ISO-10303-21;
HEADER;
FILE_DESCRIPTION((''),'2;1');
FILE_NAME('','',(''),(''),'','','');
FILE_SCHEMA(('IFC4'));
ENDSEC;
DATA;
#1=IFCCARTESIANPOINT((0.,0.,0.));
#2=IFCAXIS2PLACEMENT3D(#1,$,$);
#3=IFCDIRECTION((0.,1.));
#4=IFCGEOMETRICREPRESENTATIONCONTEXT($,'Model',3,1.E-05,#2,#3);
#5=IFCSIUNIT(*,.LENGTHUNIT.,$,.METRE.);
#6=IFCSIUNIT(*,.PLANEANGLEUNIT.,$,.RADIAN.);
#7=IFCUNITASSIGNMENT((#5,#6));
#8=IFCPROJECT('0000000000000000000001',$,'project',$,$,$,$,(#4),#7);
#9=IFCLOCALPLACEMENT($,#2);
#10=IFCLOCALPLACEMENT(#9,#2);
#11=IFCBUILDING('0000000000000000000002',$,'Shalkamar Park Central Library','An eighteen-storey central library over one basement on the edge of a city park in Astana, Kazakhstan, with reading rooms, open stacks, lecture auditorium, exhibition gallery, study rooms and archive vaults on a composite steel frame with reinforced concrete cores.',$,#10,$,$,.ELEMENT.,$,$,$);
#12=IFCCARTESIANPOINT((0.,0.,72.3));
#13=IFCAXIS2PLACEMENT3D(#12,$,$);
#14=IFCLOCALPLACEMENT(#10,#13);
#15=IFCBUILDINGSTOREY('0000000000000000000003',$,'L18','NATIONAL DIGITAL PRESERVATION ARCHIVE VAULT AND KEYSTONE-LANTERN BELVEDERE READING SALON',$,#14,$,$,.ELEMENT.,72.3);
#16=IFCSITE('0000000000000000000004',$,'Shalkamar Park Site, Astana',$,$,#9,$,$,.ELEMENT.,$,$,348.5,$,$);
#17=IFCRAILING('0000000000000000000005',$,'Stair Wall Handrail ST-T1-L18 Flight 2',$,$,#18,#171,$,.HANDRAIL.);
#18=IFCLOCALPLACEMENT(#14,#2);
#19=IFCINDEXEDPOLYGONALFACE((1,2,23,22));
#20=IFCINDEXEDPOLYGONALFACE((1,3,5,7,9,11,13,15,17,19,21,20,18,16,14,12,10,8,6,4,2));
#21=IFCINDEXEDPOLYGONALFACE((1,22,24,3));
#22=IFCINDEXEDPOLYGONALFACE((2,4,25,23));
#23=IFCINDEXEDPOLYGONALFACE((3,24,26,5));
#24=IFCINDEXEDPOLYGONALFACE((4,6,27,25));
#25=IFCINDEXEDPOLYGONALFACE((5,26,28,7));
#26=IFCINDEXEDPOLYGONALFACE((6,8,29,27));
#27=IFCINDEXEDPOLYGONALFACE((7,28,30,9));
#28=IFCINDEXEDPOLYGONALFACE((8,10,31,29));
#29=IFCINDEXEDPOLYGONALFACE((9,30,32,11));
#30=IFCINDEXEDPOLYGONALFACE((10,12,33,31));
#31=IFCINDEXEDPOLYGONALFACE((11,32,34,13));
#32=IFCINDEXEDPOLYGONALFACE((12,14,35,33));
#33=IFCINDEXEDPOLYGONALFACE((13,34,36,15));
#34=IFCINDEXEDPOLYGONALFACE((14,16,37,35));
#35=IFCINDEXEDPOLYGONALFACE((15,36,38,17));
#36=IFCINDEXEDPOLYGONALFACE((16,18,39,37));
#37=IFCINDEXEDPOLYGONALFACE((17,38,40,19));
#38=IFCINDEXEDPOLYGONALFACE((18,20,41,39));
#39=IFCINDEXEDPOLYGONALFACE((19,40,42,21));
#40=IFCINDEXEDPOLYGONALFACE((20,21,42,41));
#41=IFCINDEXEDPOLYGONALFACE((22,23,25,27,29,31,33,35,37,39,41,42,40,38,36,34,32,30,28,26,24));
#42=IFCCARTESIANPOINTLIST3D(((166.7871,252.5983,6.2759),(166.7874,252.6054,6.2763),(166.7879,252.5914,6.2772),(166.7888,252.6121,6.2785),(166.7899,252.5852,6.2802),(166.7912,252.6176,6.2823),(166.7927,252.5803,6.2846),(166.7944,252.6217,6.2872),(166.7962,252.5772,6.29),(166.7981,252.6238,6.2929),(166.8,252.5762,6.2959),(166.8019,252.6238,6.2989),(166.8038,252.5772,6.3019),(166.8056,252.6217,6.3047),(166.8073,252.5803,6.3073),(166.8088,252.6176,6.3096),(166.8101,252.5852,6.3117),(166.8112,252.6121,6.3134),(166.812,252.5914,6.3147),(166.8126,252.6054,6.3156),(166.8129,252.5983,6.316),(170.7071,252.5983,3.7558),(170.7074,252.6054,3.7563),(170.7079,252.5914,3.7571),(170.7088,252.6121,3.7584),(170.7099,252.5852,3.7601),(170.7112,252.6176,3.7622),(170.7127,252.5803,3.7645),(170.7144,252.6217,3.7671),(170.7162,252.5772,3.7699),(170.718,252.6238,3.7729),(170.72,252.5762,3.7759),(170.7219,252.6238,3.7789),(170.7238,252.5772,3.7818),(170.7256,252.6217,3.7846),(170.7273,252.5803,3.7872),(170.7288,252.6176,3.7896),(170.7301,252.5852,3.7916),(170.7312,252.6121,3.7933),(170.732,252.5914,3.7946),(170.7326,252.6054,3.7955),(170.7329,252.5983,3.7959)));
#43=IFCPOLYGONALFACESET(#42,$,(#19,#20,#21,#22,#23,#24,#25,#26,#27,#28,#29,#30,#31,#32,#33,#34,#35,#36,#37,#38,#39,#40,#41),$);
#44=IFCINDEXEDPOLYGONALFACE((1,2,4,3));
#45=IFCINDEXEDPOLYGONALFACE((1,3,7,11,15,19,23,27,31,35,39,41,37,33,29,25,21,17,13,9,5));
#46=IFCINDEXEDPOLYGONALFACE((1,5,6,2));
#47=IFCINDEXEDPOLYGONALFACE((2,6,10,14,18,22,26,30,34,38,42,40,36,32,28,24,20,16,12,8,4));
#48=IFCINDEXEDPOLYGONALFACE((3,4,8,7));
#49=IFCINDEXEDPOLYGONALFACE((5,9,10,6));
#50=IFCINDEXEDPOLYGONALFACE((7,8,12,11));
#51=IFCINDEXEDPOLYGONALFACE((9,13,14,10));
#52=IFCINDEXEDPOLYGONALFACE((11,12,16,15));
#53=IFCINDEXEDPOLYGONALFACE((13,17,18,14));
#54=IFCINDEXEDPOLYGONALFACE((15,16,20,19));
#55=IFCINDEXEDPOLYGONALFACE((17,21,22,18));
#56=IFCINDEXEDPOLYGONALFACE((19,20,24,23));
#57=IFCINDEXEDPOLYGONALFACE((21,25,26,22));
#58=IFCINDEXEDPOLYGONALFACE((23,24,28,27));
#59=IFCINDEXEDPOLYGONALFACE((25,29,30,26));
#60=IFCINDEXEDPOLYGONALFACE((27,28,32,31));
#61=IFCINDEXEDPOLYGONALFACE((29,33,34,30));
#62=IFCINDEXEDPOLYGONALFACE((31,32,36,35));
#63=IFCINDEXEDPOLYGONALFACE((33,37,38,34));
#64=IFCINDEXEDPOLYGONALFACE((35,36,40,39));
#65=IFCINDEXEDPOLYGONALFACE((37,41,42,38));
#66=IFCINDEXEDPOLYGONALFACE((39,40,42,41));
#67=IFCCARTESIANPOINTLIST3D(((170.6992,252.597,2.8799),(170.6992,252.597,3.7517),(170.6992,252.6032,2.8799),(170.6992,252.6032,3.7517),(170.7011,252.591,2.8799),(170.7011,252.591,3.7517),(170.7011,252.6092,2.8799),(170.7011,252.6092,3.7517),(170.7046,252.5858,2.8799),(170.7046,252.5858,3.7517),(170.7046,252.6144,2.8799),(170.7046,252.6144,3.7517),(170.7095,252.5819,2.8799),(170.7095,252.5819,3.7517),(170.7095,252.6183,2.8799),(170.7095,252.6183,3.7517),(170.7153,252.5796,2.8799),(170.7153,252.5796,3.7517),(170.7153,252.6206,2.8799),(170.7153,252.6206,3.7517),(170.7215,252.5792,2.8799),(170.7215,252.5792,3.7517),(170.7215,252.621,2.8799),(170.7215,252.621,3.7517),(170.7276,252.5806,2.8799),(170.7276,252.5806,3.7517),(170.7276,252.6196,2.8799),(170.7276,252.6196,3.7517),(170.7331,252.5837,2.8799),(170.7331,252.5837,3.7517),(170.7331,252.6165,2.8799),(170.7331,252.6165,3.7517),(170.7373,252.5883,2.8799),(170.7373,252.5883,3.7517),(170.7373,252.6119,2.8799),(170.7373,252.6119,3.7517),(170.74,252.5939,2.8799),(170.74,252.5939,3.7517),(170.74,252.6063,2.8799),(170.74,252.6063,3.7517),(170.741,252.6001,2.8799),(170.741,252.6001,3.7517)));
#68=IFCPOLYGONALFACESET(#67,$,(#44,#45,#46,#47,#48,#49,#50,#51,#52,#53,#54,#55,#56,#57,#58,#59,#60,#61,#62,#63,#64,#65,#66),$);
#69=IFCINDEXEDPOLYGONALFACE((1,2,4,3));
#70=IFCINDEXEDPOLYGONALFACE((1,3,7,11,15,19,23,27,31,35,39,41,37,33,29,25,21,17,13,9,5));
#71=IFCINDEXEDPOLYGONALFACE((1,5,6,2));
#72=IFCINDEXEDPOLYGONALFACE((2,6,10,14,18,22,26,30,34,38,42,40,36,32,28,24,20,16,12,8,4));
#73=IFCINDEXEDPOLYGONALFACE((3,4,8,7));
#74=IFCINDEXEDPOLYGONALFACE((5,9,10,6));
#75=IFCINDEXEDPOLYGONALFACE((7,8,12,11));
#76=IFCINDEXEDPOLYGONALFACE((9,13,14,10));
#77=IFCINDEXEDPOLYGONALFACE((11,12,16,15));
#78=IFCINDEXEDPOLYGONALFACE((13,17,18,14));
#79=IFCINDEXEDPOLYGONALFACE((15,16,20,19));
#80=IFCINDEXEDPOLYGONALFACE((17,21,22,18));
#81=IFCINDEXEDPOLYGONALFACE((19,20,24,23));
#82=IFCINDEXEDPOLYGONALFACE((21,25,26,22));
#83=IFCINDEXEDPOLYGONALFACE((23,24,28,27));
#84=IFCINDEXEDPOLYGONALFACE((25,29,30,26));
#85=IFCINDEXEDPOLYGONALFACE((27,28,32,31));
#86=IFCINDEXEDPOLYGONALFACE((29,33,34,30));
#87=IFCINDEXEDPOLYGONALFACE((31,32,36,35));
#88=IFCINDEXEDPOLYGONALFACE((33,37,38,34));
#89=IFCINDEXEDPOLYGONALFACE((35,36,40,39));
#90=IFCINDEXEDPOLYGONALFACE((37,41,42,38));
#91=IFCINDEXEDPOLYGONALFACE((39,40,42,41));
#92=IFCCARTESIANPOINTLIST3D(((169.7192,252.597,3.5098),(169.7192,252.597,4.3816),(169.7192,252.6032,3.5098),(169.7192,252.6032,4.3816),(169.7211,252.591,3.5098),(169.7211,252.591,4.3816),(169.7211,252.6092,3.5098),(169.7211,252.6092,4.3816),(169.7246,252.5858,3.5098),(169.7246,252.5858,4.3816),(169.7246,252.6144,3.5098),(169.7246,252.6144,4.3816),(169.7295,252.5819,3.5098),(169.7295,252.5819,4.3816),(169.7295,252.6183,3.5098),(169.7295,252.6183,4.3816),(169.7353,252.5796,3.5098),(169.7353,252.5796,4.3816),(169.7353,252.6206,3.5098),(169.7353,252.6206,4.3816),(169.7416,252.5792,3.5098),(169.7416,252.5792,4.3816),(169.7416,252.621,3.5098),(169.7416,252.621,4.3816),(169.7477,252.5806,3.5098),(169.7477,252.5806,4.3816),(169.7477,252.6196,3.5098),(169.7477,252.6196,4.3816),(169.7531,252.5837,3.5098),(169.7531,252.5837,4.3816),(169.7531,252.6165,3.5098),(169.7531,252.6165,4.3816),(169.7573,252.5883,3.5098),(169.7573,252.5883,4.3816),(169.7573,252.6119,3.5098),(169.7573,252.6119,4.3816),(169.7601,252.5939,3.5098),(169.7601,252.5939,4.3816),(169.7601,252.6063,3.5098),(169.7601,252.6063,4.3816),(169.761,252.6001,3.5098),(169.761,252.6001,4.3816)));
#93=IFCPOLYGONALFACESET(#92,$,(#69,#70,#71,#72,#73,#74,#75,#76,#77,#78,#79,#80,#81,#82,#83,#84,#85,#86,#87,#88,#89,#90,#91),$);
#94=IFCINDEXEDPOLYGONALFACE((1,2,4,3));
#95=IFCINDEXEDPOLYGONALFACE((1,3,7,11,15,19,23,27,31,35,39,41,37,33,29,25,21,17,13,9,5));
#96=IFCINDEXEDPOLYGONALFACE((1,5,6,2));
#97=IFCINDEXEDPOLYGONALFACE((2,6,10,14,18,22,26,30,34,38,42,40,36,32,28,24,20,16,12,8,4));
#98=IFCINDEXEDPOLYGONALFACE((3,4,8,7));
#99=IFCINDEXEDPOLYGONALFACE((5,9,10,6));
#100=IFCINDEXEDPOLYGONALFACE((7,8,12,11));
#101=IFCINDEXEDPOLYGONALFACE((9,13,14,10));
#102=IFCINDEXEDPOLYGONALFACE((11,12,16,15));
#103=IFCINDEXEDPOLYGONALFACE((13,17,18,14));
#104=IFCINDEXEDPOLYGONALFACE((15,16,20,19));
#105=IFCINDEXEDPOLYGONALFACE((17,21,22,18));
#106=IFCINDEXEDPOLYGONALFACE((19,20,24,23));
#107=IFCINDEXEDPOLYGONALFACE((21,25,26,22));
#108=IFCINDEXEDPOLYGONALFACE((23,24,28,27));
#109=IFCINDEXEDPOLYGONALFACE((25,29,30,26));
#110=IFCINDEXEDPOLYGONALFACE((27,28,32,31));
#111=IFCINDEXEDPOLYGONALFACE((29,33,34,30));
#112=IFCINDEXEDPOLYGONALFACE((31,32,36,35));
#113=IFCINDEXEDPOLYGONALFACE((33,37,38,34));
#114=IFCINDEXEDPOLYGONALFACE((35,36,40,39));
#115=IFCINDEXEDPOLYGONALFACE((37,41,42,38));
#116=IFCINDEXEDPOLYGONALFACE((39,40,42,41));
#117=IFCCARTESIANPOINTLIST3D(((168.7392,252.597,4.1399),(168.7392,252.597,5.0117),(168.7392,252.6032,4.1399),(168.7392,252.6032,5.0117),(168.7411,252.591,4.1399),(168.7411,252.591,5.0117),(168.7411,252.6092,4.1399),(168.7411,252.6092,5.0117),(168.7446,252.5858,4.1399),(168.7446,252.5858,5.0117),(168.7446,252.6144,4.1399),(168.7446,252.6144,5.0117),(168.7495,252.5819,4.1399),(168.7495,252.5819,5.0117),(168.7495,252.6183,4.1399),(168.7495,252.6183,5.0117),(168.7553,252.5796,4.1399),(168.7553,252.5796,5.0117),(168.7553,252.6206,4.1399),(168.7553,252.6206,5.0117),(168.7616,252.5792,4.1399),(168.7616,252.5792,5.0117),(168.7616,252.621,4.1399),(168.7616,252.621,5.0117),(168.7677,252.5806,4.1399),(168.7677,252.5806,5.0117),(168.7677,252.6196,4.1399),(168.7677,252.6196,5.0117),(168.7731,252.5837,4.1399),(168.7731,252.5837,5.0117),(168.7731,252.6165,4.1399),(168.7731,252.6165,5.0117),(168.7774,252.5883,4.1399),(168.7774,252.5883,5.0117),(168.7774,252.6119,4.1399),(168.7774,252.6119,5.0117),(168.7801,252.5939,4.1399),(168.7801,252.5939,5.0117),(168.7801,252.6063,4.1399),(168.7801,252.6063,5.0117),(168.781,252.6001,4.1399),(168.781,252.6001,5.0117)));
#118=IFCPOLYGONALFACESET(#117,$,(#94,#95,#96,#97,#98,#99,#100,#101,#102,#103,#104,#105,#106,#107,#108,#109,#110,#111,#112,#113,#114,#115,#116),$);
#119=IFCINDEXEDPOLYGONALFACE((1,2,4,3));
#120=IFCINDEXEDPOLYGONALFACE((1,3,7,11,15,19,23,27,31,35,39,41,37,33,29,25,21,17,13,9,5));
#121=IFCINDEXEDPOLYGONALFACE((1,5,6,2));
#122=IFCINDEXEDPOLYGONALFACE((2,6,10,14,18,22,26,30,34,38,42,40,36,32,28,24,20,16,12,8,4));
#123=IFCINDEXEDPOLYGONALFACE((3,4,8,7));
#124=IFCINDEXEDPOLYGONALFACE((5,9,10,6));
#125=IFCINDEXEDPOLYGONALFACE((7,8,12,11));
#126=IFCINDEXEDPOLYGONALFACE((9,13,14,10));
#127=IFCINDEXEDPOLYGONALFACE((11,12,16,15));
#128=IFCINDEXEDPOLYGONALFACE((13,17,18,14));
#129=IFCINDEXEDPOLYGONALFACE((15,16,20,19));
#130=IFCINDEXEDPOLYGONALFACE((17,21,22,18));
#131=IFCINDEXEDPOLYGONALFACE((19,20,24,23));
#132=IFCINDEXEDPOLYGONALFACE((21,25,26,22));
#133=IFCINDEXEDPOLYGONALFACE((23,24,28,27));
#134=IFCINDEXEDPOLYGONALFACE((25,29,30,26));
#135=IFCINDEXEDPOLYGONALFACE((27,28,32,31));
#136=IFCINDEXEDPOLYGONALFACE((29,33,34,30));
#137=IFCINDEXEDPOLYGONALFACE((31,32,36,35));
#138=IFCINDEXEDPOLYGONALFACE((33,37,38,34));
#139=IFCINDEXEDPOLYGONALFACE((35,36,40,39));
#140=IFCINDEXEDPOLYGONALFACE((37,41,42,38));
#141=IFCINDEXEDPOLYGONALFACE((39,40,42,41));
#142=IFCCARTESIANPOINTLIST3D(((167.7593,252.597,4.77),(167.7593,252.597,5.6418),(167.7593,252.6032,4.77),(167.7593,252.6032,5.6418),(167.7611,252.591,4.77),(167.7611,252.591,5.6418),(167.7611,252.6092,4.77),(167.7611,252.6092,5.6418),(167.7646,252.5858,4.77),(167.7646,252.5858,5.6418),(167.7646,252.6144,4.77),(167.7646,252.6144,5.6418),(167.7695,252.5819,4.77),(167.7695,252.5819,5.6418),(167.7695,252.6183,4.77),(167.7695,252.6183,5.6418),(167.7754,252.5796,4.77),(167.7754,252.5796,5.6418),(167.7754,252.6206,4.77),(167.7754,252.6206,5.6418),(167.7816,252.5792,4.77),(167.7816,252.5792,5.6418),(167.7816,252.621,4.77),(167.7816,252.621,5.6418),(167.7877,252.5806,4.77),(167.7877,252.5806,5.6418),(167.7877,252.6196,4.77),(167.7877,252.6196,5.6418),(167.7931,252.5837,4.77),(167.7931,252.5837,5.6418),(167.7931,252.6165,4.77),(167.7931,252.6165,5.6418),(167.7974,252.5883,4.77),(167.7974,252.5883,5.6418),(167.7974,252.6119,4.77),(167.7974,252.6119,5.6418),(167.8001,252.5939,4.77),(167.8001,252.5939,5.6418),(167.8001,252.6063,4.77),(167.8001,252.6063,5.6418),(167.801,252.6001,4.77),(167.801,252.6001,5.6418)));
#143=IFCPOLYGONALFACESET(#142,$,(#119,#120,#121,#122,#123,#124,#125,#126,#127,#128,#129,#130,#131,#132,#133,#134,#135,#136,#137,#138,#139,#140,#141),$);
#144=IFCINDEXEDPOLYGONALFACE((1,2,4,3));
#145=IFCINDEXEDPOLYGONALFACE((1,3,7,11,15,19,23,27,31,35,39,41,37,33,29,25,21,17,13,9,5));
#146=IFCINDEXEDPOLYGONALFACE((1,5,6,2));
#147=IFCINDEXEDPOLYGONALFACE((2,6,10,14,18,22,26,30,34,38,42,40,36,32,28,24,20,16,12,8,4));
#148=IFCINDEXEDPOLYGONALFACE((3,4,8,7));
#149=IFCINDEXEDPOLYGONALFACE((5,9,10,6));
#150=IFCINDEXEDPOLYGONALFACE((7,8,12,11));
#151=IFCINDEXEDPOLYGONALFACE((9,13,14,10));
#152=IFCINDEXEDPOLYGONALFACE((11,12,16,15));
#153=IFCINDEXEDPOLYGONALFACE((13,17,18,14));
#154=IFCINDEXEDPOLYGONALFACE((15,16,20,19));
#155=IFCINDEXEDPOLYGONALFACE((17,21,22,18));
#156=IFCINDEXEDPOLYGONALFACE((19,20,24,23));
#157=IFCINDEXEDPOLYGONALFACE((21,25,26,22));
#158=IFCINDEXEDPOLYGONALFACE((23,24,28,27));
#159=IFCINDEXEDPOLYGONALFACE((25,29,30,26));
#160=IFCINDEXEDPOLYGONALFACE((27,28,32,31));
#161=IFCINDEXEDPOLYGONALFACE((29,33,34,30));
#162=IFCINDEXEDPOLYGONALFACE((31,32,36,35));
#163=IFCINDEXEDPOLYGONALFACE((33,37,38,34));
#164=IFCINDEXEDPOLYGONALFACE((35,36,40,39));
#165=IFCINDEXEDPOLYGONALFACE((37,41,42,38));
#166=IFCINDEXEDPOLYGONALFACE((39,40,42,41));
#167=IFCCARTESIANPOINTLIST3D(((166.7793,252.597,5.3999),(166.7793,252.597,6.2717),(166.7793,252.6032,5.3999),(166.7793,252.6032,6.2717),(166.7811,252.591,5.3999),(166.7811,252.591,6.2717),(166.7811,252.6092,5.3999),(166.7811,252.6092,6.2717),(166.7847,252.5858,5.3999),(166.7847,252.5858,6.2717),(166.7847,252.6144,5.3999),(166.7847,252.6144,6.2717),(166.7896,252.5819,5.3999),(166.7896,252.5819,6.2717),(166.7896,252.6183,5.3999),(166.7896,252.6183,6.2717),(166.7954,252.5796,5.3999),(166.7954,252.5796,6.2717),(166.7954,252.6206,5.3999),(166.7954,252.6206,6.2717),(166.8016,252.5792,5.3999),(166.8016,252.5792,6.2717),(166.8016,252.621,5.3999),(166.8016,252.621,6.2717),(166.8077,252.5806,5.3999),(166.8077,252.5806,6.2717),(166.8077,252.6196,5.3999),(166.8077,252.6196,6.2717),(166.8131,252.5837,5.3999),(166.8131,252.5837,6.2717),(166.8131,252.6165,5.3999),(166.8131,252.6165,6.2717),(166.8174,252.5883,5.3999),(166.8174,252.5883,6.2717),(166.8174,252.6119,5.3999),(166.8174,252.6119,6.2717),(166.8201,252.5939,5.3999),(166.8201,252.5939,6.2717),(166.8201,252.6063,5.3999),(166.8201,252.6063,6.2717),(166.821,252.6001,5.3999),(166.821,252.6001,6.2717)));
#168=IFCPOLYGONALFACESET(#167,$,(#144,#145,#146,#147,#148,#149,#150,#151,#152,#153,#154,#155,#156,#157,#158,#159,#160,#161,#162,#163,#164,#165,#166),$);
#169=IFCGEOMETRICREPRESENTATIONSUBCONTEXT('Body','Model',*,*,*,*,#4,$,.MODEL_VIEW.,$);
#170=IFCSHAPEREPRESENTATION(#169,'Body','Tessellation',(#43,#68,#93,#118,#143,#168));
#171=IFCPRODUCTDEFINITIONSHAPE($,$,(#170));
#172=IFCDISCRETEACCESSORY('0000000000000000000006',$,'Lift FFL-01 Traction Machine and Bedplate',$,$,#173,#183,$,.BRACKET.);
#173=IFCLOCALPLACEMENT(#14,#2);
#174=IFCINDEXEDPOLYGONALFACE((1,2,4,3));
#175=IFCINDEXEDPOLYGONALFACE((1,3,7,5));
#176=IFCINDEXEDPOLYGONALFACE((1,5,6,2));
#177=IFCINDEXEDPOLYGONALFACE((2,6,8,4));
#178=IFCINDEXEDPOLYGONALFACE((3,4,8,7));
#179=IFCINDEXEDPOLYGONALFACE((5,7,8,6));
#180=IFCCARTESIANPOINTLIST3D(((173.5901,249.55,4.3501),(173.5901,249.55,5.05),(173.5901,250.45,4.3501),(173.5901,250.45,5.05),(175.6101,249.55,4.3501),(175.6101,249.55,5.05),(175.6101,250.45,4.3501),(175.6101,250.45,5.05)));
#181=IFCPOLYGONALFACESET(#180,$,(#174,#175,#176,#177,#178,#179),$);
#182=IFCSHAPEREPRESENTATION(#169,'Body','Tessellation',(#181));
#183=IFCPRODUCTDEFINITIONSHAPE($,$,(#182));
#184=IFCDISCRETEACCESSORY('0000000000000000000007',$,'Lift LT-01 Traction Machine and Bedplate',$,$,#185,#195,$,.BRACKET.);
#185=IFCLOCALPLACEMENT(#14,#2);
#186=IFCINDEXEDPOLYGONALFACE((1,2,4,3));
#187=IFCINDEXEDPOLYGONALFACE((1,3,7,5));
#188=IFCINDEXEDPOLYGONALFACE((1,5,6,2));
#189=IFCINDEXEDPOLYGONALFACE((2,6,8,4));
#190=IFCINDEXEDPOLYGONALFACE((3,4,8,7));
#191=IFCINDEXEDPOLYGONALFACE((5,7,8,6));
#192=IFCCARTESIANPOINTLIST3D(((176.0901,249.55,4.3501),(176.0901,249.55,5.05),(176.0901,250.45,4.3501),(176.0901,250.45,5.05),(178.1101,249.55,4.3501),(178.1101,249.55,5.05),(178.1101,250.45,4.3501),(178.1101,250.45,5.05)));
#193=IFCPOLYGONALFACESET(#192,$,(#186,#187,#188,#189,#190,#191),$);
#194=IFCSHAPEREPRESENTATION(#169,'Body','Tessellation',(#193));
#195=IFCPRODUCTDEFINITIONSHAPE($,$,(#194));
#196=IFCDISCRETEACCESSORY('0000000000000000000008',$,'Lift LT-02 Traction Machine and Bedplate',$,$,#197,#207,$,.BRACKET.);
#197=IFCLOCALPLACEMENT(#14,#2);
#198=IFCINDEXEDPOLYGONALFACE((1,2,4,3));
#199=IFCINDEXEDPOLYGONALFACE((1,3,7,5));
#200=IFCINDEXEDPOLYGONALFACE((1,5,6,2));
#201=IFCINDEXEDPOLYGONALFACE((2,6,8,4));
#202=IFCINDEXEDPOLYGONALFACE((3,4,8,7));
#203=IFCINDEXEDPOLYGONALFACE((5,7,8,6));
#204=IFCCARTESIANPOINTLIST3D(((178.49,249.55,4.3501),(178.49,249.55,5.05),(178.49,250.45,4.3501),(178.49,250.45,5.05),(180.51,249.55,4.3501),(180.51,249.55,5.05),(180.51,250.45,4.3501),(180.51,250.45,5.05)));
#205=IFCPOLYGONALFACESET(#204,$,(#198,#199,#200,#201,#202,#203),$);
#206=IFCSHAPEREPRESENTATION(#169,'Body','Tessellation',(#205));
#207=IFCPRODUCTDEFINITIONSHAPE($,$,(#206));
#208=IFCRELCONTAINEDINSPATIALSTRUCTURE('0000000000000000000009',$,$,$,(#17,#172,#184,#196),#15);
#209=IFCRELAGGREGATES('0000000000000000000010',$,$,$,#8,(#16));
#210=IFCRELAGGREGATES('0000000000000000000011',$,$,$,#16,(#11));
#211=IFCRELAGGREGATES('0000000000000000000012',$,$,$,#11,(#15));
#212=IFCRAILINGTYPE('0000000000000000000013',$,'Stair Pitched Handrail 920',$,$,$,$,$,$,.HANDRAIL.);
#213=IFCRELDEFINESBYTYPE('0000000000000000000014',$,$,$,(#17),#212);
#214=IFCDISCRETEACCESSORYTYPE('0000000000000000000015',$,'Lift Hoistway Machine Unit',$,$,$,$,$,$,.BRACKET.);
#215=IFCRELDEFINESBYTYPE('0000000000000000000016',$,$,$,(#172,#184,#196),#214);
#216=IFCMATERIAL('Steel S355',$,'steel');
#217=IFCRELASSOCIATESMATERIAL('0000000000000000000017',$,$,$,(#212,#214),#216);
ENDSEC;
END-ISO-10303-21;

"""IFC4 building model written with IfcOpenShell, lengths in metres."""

from ifc_helpers import new_model, si_unit, direction, frame, origin, origin_2d, place, context, subcontext, project, spatial, rectangle, circle, extrude, material, type_object, element, save


model = new_model("IFC4")

# Units and contexts
model_context = context("Model", 3, precision=1e-05, world=origin(), true_north=direction((0.0, 1.0)))
body_context = subcontext(model_context, "Body", "Model", "MODEL_VIEW")
ifc_project = project(units=[si_unit("LENGTHUNIT", "METRE"), si_unit("PLANEANGLEUNIT", "RADIAN")], contexts=[model_context])

# Site, building, storey
site_placement = place(None, origin())
site = spatial("IfcSite", under=ifc_project, at=site_placement, Name="Shalkamar Park Site, Astana", CompositionType="ELEMENT", RefElevation=348.5)
building_placement = place(site_placement, origin())
building = spatial("IfcBuilding", under=site, at=building_placement, Name="Shalkamar Park Central Library", Description="An eighteen-storey central library over one basement on the edge of a city park in Astana, Kazakhstan, with reading rooms, open stacks, lecture auditorium, exhibition gallery, study rooms and archive vaults on a composite steel frame with reinforced concrete cores.", CompositionType="ELEMENT")
storey_placement = place(building_placement, frame((0.0, 0.0, 72.3)))
storey = spatial("IfcBuildingStorey", under=building, at=storey_placement, Name="L18", Description="NATIONAL DIGITAL PRESERVATION ARCHIVE VAULT AND KEYSTONE-LANTERN BELVEDERE READING SALON", CompositionType="ELEMENT", Elevation=72.3)

# Shared definitions
ifc_material_1 = material(Name="Steel S355", Category="steel")

# Railing
railing_type = type_object("IfcRailingType", Name="Stair Pitched Handrail 920", PredefinedType="HANDRAIL", material=ifc_material_1)
railing_placement = place(storey_placement, frame((170.72, 252.6001, 2.8799)))
element("IfcRailing", 1, at=railing_placement, inside=storey, type_object=railing_type, Name="Stair Wall Handrail ST-T1-L18 Flight 2", PredefinedType="HANDRAIL", context=body_context, shape_type="SweptSolid", body=[
    extrude(circle(Radius=0.0239, at=origin_2d()), frame((0.0, 0.0, 0.896), z_axis=(-0.841172, 0.0, 0.540768), x_axis=(0.0, -1.0, 0.0)), (0.0, 0.0, 1.0), 4.6602),
    extrude(circle(Radius=0.021, at=origin_2d()), origin(), (0.0, 0.0, 1.0), 0.8718),
    extrude(circle(Radius=0.021, at=origin_2d()), frame((-0.98, 0.0, 0.6299)), (0.0, 0.0, 1.0), 0.8718),
    extrude(circle(Radius=0.021, at=origin_2d()), frame((-1.96, 0.0, 1.26)), (0.0, 0.0, 1.0), 0.8718),
    extrude(circle(Radius=0.021, at=origin_2d()), frame((-2.9399, 0.0, 1.8901)), (0.0, 0.0, 1.0), 0.8718),
    extrude(circle(Radius=0.021, at=origin_2d()), frame((-3.9199, 0.0, 2.52)), (0.0, 0.0, 1.0), 0.8718),
])

# Discrete accessories
discrete_accessory_type = type_object("IfcDiscreteAccessoryType", Name="Lift Hoistway Machine Unit", PredefinedType="BRACKET", material=ifc_material_1)
for number, where, z_axis, x_axis, name in (
    (2, (174.6001, 250.0, 4.3501), (0.0, 0.0, 1.0), (1.0, 0.0, 0.0), "Lift FFL-01 Traction Machine and Bedplate"),
    (3, (177.1001, 250.0, 4.3501), (0.0, 0.0, 1.0), (1.0, 0.0, 0.0), "Lift LT-01 Traction Machine and Bedplate"),
    (4, (179.5, 250.0, 4.3501), (0.0, 0.0, 1.0), (1.0, 0.0, 0.0), "Lift LT-02 Traction Machine and Bedplate"),
):
    element("IfcDiscreteAccessory", number, at=place(storey_placement, frame(where, z_axis=z_axis, x_axis=x_axis)), inside=storey, type_object=discrete_accessory_type, Name=name, PredefinedType="BRACKET", context=body_context, shape_type="SweptSolid", body=[
        extrude(rectangle(XDim=2.02, YDim=0.8999, at=origin_2d()), origin(), (0.0, 0.0, 1.0), 0.7),
    ])

save(model, "model.ifc")
